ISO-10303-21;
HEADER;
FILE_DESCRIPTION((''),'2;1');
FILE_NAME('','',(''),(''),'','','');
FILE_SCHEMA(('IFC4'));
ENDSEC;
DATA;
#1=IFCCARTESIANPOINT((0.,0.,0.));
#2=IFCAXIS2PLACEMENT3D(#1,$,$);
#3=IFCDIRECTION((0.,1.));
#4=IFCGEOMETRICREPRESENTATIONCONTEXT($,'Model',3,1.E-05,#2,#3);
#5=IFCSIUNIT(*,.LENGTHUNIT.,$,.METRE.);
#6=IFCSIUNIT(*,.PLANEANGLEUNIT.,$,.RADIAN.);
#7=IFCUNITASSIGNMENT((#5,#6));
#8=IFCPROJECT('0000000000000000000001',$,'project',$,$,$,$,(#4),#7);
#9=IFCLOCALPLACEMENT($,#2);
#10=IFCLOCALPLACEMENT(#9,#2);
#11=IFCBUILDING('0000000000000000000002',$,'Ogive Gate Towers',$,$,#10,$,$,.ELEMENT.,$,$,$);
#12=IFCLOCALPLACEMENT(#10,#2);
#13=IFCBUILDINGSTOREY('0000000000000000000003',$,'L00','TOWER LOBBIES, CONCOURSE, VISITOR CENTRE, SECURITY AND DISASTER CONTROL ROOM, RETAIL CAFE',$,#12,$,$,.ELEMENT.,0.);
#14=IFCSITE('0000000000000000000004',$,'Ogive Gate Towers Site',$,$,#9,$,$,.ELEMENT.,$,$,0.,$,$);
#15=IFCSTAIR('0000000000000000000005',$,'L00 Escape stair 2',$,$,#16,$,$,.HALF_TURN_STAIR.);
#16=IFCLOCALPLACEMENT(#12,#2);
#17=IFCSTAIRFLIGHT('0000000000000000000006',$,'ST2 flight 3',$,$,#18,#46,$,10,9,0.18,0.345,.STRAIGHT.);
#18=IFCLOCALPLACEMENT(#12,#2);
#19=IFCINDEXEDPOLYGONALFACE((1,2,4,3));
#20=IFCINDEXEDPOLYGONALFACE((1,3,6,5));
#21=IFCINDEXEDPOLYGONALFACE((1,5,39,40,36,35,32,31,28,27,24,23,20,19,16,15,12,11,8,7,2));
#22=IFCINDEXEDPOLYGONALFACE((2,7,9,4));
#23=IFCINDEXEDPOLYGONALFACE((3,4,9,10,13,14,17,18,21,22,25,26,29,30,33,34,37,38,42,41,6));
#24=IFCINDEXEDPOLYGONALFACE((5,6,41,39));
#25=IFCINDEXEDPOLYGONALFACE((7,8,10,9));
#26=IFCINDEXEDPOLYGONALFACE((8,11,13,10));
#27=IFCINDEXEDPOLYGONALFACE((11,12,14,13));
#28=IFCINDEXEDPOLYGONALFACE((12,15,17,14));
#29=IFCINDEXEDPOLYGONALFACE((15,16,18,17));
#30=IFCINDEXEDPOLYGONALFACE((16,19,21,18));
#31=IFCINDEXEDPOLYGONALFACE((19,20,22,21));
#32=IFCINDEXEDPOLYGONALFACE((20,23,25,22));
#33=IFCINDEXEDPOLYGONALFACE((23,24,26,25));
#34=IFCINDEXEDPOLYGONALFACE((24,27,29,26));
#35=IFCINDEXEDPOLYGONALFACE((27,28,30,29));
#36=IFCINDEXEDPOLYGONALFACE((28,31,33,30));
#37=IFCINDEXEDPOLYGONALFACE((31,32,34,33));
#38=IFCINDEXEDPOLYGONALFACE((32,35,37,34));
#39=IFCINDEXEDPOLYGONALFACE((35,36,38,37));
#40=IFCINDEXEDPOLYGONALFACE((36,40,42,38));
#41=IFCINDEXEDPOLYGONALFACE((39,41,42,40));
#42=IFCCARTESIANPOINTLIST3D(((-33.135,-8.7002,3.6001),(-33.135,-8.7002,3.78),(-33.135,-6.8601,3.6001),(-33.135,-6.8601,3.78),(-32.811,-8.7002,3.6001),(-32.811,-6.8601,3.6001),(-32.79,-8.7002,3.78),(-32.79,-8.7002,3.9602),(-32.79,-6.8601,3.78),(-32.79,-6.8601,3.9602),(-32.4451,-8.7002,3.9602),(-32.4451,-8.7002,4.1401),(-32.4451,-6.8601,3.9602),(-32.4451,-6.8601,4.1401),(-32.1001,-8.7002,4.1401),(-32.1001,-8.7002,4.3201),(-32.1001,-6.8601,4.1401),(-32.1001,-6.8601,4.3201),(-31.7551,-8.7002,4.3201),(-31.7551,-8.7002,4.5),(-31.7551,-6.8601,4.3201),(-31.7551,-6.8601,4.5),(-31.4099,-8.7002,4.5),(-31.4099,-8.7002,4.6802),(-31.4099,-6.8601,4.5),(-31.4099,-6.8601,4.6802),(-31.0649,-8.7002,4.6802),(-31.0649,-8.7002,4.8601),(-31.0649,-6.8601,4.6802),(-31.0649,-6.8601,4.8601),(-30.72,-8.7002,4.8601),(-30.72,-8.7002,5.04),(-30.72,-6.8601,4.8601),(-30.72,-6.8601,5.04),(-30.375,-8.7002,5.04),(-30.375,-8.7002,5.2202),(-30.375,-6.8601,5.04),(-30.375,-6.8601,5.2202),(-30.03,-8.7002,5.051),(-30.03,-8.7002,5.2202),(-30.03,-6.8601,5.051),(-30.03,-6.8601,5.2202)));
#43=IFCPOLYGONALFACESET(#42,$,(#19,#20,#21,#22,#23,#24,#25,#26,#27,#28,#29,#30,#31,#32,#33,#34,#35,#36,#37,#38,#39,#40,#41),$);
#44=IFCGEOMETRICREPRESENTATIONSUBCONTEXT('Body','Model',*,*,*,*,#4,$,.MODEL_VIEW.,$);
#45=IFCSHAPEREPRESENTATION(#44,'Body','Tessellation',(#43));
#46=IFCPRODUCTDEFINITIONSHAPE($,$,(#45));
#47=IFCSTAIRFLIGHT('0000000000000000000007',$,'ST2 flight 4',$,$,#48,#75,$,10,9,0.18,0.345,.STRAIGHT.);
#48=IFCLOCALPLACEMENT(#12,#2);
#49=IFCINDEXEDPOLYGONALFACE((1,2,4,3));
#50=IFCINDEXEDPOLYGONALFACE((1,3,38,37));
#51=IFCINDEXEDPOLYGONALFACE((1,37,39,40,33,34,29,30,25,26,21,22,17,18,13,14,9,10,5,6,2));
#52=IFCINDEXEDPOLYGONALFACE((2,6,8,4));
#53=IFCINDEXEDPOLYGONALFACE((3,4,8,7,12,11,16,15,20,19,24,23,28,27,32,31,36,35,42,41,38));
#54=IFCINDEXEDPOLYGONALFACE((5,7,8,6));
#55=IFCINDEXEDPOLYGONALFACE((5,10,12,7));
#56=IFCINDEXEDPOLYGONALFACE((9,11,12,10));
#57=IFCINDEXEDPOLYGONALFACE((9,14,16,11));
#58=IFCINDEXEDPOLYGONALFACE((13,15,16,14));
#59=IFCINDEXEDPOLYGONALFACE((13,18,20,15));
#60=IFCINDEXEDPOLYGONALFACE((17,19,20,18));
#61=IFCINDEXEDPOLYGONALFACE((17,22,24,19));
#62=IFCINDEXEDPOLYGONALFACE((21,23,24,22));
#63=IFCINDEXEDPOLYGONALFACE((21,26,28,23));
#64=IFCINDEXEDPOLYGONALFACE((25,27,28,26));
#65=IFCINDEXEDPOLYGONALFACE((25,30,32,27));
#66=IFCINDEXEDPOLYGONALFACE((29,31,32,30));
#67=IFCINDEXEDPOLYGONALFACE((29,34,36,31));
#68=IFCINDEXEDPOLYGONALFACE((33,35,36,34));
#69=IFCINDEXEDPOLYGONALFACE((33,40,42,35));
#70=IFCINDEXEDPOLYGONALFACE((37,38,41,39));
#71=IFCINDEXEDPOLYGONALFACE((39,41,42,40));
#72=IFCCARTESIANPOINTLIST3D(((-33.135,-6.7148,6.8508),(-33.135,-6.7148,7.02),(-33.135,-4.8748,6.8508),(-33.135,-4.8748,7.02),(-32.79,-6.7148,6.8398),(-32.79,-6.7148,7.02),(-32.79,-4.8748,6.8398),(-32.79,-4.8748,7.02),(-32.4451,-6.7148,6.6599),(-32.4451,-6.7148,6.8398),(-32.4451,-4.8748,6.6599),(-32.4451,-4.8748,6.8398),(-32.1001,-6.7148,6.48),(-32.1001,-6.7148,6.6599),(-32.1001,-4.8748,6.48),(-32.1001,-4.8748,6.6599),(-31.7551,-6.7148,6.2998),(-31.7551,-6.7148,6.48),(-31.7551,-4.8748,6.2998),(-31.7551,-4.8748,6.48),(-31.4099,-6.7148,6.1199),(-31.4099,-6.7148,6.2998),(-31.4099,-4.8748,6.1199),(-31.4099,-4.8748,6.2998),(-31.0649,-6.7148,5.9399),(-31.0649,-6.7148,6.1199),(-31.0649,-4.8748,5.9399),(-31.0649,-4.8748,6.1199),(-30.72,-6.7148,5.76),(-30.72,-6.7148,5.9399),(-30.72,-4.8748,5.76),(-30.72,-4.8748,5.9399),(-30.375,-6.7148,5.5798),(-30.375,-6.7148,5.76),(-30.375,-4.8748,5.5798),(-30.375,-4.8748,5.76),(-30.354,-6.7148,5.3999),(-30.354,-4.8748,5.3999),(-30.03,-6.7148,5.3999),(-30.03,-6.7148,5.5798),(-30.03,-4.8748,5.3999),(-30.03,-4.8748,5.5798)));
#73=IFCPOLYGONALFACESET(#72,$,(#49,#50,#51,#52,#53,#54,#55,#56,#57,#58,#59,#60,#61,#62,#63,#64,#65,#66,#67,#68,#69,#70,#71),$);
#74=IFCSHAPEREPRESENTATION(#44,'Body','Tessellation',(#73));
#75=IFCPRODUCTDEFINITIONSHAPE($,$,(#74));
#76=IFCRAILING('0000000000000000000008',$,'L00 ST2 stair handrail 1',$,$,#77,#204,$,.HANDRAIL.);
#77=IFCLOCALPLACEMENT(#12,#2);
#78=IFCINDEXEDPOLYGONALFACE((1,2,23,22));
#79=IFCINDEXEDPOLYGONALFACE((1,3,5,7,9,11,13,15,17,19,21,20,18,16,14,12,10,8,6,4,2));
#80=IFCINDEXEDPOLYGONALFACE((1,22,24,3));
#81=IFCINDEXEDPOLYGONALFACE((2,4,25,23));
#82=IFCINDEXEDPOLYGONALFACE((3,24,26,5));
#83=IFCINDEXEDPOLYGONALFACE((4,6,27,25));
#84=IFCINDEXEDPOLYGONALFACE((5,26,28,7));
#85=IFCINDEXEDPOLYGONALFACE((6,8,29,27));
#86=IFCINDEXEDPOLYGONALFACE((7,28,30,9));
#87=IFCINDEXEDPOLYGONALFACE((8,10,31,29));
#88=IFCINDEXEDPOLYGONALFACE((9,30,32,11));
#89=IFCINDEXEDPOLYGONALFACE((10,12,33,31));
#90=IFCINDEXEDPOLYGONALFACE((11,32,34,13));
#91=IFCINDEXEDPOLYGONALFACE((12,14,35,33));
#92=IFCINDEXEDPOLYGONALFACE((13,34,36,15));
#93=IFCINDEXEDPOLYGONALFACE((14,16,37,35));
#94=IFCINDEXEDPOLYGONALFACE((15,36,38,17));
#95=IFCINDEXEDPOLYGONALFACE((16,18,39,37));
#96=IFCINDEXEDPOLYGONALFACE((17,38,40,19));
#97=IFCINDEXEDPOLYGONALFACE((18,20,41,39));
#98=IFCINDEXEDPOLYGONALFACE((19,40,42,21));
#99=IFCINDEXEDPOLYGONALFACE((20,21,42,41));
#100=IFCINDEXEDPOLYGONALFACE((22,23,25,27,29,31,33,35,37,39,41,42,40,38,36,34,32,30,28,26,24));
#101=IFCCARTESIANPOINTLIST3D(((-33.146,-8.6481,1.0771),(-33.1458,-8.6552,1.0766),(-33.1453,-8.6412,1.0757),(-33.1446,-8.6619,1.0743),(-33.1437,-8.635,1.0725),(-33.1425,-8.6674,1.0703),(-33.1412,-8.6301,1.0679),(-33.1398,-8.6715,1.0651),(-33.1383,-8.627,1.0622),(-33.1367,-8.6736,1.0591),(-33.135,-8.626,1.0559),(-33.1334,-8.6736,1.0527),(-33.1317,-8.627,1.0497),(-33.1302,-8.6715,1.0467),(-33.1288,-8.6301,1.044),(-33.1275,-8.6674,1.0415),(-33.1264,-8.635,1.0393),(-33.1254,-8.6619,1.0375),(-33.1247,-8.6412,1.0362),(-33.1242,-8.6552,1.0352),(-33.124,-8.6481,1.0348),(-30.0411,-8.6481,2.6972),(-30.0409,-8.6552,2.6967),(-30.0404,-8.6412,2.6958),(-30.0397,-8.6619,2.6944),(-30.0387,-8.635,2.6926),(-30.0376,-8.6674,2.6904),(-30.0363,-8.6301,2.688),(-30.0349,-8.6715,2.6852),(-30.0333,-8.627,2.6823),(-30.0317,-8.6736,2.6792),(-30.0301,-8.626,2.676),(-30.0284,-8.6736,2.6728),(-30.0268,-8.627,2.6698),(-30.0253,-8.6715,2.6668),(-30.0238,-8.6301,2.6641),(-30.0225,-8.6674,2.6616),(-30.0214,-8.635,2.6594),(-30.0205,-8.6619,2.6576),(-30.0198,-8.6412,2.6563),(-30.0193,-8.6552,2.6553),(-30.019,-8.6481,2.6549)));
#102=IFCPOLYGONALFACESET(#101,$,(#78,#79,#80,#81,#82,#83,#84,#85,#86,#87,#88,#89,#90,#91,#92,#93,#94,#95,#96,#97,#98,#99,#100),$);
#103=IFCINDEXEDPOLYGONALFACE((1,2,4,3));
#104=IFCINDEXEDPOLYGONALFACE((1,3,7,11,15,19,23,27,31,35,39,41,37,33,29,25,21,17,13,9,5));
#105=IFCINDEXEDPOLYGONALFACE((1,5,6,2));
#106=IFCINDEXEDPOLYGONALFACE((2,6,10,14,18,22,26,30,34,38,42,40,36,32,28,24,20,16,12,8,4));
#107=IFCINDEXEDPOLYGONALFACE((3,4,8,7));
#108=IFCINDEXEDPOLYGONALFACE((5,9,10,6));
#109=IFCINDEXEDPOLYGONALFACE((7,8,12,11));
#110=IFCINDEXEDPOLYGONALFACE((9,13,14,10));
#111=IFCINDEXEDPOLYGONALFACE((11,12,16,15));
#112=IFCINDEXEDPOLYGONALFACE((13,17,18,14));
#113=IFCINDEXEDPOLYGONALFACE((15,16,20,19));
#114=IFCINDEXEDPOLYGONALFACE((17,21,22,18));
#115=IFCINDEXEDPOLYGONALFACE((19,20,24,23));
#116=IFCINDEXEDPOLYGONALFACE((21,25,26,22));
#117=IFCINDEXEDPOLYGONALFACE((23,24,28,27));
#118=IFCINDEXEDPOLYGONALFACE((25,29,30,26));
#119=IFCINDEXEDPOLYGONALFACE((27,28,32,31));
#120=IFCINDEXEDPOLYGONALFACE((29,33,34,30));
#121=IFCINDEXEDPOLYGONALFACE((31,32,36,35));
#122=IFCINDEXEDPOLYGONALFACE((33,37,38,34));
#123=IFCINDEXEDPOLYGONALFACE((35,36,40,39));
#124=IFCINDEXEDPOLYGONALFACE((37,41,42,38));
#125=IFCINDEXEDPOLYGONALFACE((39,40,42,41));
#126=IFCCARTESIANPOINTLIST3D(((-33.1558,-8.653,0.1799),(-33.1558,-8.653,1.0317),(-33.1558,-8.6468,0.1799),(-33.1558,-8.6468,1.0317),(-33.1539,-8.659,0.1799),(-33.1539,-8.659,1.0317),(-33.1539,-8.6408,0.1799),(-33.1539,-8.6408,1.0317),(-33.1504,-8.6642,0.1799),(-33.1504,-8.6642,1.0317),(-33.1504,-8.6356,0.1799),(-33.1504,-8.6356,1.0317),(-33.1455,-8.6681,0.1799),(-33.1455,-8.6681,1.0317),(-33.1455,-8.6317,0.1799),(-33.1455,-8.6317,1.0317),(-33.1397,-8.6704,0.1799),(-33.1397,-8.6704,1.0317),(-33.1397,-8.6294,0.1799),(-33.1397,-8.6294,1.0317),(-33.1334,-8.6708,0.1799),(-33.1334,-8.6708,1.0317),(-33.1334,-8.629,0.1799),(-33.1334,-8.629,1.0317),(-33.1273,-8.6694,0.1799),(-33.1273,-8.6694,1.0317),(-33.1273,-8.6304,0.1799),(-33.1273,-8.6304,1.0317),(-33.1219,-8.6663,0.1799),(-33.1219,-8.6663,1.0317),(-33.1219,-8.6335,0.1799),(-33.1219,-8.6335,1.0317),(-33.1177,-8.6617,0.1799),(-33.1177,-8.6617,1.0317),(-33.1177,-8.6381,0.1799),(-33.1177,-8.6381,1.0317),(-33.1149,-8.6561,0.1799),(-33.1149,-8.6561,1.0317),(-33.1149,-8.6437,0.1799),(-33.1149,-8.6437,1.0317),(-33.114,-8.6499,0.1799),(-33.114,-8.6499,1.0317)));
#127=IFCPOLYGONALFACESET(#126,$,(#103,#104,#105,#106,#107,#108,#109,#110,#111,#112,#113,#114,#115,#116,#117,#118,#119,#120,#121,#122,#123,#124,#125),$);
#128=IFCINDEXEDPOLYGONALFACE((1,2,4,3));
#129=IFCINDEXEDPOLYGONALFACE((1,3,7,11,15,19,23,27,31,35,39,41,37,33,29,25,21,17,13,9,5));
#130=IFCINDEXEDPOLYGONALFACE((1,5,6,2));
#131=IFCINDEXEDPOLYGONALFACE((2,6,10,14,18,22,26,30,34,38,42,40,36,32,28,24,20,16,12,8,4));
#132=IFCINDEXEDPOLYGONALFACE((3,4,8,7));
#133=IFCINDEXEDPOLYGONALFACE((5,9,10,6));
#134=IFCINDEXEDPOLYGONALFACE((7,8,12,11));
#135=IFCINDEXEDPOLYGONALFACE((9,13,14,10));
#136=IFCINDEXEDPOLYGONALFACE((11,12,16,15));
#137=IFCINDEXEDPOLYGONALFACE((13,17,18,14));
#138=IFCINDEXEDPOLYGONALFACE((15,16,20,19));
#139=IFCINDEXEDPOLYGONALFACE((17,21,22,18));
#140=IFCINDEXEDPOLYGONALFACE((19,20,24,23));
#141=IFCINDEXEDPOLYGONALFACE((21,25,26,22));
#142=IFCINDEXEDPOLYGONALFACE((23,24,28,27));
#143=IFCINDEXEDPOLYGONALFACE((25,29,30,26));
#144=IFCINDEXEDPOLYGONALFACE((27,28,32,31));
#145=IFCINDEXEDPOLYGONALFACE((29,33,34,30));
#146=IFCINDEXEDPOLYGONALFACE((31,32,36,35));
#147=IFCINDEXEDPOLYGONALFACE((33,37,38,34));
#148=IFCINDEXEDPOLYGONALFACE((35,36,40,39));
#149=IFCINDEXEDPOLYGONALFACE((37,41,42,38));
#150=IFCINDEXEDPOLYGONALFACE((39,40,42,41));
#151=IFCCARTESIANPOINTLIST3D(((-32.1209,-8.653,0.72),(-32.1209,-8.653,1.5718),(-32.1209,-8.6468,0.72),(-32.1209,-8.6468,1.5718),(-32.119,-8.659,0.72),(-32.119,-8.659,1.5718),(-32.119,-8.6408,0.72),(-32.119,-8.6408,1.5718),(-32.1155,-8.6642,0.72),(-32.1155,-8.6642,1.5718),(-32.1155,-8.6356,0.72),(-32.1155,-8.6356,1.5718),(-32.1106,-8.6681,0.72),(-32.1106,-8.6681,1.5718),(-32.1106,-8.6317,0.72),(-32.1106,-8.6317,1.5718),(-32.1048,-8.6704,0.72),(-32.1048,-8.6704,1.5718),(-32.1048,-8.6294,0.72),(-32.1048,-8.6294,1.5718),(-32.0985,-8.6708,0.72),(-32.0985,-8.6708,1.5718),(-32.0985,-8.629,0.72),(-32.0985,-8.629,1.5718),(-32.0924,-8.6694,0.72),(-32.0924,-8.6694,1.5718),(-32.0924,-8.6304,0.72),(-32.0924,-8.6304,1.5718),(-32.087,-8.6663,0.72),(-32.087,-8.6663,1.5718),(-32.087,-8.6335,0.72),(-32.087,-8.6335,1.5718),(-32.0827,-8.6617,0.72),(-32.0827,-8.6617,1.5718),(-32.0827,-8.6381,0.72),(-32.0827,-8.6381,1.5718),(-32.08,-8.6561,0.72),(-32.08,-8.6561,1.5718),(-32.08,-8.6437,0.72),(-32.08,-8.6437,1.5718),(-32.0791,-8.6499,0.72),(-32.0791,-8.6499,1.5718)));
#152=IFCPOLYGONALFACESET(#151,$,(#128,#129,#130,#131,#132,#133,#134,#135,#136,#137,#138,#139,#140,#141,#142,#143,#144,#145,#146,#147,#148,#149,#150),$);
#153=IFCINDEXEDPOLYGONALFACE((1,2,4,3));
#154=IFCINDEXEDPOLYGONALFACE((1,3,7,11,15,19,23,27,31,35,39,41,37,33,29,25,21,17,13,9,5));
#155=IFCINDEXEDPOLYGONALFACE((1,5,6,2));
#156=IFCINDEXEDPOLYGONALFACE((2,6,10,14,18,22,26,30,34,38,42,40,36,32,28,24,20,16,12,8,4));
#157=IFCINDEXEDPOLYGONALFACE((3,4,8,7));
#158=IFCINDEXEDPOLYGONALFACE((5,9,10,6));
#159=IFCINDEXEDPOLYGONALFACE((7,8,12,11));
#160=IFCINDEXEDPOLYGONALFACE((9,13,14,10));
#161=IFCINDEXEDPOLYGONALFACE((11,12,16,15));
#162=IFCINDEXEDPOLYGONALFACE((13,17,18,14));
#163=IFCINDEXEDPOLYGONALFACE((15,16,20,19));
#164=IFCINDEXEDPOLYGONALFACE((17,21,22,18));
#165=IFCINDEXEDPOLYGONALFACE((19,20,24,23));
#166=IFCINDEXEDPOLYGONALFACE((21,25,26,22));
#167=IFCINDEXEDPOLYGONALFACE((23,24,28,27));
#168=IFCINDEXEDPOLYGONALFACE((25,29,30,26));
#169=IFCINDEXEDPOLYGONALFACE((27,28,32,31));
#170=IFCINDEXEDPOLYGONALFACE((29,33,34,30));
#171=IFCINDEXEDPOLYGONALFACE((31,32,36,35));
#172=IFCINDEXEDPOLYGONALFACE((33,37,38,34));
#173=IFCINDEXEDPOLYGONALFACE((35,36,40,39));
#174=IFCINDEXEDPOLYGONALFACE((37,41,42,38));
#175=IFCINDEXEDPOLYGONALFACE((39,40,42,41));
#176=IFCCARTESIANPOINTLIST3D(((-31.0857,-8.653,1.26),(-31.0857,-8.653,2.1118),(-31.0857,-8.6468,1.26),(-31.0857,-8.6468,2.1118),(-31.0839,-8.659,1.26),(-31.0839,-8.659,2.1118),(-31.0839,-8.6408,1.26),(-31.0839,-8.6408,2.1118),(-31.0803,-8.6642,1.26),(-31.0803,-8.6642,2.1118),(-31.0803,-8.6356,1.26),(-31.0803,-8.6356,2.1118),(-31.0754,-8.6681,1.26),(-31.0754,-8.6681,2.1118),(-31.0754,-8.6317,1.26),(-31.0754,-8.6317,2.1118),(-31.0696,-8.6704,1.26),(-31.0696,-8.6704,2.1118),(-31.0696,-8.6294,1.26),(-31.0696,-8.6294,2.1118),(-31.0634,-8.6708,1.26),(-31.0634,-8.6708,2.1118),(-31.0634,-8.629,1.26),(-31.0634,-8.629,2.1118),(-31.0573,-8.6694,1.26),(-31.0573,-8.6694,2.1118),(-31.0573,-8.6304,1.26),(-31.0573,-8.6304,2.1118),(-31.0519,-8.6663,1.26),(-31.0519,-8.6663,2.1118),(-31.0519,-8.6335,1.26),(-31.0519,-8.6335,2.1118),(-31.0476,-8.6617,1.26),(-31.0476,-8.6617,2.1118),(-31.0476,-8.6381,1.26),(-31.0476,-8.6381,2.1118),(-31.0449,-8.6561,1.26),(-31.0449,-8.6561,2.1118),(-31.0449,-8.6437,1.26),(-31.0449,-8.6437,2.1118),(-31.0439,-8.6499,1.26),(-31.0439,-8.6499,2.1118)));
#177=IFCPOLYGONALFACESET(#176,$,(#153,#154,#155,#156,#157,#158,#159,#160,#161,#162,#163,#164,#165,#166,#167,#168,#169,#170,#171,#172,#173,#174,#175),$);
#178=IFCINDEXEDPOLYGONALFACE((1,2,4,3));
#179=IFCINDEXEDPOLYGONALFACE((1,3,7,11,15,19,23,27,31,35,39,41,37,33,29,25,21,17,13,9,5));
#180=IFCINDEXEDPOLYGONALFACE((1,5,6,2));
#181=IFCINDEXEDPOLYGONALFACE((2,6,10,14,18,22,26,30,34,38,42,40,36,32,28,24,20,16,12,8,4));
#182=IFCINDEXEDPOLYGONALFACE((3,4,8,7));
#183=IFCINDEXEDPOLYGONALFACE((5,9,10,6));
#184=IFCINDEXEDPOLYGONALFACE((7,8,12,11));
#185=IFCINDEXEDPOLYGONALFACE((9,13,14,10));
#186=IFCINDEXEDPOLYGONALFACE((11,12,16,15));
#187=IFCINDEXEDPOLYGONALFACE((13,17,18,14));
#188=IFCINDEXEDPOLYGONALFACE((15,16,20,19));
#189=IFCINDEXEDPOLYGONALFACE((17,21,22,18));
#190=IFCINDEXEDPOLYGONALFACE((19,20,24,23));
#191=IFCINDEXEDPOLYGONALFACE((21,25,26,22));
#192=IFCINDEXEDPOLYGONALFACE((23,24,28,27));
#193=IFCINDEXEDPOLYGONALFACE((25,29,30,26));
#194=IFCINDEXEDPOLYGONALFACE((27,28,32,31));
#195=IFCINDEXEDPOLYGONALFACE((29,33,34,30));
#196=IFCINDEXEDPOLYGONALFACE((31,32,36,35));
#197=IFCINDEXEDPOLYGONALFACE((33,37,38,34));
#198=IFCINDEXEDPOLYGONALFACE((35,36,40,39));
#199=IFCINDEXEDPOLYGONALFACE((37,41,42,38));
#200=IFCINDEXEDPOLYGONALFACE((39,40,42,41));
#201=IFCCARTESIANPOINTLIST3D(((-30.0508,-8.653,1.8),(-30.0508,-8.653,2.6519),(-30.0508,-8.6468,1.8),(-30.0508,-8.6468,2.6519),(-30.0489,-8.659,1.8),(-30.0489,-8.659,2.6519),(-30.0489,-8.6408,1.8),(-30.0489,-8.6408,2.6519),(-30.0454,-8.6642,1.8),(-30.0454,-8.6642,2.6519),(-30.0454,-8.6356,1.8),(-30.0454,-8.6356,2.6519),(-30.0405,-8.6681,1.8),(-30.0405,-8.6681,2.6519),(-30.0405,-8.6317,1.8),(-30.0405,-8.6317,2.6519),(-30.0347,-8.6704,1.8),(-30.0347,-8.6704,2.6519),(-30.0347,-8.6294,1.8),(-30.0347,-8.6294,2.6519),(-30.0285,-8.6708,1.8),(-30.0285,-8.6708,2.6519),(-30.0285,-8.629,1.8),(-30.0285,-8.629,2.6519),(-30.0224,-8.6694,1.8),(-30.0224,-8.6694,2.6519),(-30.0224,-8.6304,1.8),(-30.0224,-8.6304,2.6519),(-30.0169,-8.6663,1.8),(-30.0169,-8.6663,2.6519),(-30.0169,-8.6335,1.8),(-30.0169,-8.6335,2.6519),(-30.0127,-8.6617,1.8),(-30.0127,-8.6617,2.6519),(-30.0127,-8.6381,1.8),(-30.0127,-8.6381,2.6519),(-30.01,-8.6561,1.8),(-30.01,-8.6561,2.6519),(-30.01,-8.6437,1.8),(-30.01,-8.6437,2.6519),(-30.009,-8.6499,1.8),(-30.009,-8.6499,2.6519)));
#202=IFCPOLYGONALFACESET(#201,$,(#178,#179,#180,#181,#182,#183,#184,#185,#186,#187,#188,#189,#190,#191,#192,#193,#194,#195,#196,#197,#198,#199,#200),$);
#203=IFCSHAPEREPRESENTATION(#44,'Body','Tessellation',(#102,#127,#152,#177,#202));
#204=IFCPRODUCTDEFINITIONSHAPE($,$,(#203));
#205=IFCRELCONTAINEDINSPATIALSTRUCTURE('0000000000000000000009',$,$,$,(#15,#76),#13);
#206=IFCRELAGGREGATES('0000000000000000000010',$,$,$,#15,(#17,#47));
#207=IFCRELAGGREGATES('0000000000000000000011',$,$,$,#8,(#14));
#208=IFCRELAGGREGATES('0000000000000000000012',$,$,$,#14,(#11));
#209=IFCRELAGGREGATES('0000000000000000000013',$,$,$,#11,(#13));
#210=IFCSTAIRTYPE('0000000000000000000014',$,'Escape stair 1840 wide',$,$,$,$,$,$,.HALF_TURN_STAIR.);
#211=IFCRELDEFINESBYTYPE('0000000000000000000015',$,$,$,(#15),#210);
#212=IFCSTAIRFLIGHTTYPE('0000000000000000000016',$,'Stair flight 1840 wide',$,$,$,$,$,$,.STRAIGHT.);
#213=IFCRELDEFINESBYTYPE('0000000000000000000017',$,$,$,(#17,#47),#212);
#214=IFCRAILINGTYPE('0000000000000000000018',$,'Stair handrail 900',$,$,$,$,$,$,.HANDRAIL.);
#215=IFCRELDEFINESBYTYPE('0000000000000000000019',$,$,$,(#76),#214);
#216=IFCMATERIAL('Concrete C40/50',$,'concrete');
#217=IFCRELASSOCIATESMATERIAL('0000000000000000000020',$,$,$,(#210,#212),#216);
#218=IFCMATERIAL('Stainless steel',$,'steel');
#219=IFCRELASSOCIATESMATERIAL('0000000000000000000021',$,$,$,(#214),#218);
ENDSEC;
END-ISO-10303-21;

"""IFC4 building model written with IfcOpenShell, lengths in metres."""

from ifc_helpers import new_model, si_unit, direction, frame, origin, origin_2d, place, context, subcontext, project, spatial, polyline, circle, outline, extrude, material, type_object, element, aggregate, save


model = new_model("IFC4")

# Units and contexts
model_context = context("Model", 3, precision=1e-05, world=origin(), true_north=direction((0.0, 1.0)))
body_context = subcontext(model_context, "Body", "Model", "MODEL_VIEW")
ifc_project = project(units=[si_unit("LENGTHUNIT", "METRE"), si_unit("PLANEANGLEUNIT", "RADIAN")], contexts=[model_context])

# Site, building, storey
site_placement = place(None, origin())
site = spatial("IfcSite", under=ifc_project, at=site_placement, Name="Ogive Gate Towers Site", CompositionType="ELEMENT", RefElevation=0.0)
building_placement = place(site_placement, origin())
building = spatial("IfcBuilding", under=site, at=building_placement, Name="Ogive Gate Towers", CompositionType="ELEMENT")
storey_placement = place(building_placement, origin())
storey = spatial("IfcBuildingStorey", under=building, at=storey_placement, Name="L00", Description="TOWER LOBBIES, CONCOURSE, VISITOR CENTRE, SECURITY AND DISASTER CONTROL ROOM, RETAIL CAFE", CompositionType="ELEMENT", Elevation=0.0)

# Shared definitions
ifc_material_1 = material(Name="Concrete C40/50", Category="concrete")

# Stair, stair flights
stair_type = type_object("IfcStairType", Name="Escape stair 1840 wide", PredefinedType="HALF_TURN_STAIR", material=ifc_material_1)
stair_placement = place(storey_placement, origin())
stair = element("IfcStair", 1, at=stair_placement, inside=storey, type_object=stair_type, Name="L00 Escape stair 2", PredefinedType="HALF_TURN_STAIR")
stair_flight_type = type_object("IfcStairFlightType", Name="Stair flight 1840 wide", PredefinedType="STRAIGHT", material=ifc_material_1)
stair_flight_1_placement = place(storey_placement, frame((-33.135, -7.78, 3.6001), z_axis=(0.0, 0.0, 1.0), x_axis=(1.0, 0.0, 0.0)))
stair_flight_1 = element("IfcStairFlight", 2, at=stair_flight_1_placement, type_object=stair_flight_type, Name="ST2 flight 3", NumberOfRisers=10, NumberOfTreads=9, PredefinedType="STRAIGHT", RiserHeight=0.18, TreadLength=0.345, context=body_context, shape_type="SweptSolid", body=[
    extrude(outline(polyline([(0.0, 0.0), (0.0, 0.1799), (0.345, 0.1799), (0.345, 0.3601), (0.6899, 0.3601), (0.6899, 0.54), (1.0349, 0.54), (1.0349, 0.72), (1.3799, 0.72), (1.3799, 0.8999), (1.7251, 0.8999), (1.7251, 1.0801), (2.0701, 1.0801), (2.0701, 1.26), (2.415, 1.26), (2.415, 1.4399), (2.76, 1.4399), (2.76, 1.6201), (3.105, 1.6201), (3.105, 1.8), (3.105, 1.4509), (0.324, 0.0), (0.0, 0.0)])), frame((0.0, 0.9199, 0.0), z_axis=(0.0, -1.0, 0.0), x_axis=(1.0, 0.0, 0.0)), (0.0, 0.0, 1.0), 1.8401),
])
stair_flight_2_placement = place(storey_placement, frame((-30.03, -5.7949, 5.3999), z_axis=(0.0, 0.0, 1.0), x_axis=(-1.0, 0.0, 0.0)))
stair_flight_2 = element("IfcStairFlight", 3, at=stair_flight_2_placement, type_object=stair_flight_type, Name="ST2 flight 4", NumberOfRisers=10, NumberOfTreads=9, PredefinedType="STRAIGHT", RiserHeight=0.18, TreadLength=0.345, context=body_context, shape_type="SweptSolid", body=[
    extrude(outline(polyline([(0.0, 0.0), (0.0, 0.1799), (0.345, 0.1799), (0.345, 0.3601), (0.6899, 0.3601), (0.6899, 0.54), (1.0349, 0.54), (1.0349, 0.72), (1.3799, 0.72), (1.3799, 0.8999), (1.7251, 0.8999), (1.7251, 1.0801), (2.0701, 1.0801), (2.0701, 1.26), (2.415, 1.26), (2.415, 1.4399), (2.76, 1.4399), (2.76, 1.6201), (3.105, 1.6201), (3.105, 1.8), (3.105, 1.4509), (0.324, 0.0), (0.0, 0.0)])), frame((0.0, 0.9199, 0.0), z_axis=(0.0, -1.0, 0.0), x_axis=(1.0, 0.0, 0.0)), (0.0, 0.0, 1.0), 1.8401),
])
aggregate(stair, [stair_flight_1, stair_flight_2])

# Railing
ifc_material_2 = material(Name="Stainless steel", Category="steel")
railing_type_1 = type_object("IfcRailingType", Name="Stair handrail 900", PredefinedType="HANDRAIL", material=ifc_material_2)
railing_1_placement = place(storey_placement, frame((-33.135, -8.6499, 0.1799)))
element("IfcRailing", 4, at=railing_1_placement, inside=storey, type_object=railing_type_1, Name="L00 ST2 stair handrail 1", PredefinedType="HANDRAIL", context=body_context, shape_type="SweptSolid", body=[
    extrude(circle(Radius=0.0239, at=origin_2d()), frame((0.0, 0.0, 0.876), z_axis=(0.88657, 0.0, 0.462595), x_axis=(0.0, 1.0, 0.0)), (0.0, 0.0, 1.0), 3.5022),
    extrude(circle(Radius=0.021, at=origin_2d()), origin(), (0.0, 0.0, 1.0), 0.8518),
    extrude(circle(Radius=0.021, at=origin_2d()), frame((1.0349, 0.0, 0.54)), (0.0, 0.0, 1.0), 0.8518),
    extrude(circle(Radius=0.021, at=origin_2d()), frame((2.0701, 0.0, 1.0801)), (0.0, 0.0, 1.0), 0.8518),
    extrude(circle(Radius=0.021, at=origin_2d()), frame((3.105, 0.0, 1.6201)), (0.0, 0.0, 1.0), 0.8518),
])

save(model, "model.ifc")
